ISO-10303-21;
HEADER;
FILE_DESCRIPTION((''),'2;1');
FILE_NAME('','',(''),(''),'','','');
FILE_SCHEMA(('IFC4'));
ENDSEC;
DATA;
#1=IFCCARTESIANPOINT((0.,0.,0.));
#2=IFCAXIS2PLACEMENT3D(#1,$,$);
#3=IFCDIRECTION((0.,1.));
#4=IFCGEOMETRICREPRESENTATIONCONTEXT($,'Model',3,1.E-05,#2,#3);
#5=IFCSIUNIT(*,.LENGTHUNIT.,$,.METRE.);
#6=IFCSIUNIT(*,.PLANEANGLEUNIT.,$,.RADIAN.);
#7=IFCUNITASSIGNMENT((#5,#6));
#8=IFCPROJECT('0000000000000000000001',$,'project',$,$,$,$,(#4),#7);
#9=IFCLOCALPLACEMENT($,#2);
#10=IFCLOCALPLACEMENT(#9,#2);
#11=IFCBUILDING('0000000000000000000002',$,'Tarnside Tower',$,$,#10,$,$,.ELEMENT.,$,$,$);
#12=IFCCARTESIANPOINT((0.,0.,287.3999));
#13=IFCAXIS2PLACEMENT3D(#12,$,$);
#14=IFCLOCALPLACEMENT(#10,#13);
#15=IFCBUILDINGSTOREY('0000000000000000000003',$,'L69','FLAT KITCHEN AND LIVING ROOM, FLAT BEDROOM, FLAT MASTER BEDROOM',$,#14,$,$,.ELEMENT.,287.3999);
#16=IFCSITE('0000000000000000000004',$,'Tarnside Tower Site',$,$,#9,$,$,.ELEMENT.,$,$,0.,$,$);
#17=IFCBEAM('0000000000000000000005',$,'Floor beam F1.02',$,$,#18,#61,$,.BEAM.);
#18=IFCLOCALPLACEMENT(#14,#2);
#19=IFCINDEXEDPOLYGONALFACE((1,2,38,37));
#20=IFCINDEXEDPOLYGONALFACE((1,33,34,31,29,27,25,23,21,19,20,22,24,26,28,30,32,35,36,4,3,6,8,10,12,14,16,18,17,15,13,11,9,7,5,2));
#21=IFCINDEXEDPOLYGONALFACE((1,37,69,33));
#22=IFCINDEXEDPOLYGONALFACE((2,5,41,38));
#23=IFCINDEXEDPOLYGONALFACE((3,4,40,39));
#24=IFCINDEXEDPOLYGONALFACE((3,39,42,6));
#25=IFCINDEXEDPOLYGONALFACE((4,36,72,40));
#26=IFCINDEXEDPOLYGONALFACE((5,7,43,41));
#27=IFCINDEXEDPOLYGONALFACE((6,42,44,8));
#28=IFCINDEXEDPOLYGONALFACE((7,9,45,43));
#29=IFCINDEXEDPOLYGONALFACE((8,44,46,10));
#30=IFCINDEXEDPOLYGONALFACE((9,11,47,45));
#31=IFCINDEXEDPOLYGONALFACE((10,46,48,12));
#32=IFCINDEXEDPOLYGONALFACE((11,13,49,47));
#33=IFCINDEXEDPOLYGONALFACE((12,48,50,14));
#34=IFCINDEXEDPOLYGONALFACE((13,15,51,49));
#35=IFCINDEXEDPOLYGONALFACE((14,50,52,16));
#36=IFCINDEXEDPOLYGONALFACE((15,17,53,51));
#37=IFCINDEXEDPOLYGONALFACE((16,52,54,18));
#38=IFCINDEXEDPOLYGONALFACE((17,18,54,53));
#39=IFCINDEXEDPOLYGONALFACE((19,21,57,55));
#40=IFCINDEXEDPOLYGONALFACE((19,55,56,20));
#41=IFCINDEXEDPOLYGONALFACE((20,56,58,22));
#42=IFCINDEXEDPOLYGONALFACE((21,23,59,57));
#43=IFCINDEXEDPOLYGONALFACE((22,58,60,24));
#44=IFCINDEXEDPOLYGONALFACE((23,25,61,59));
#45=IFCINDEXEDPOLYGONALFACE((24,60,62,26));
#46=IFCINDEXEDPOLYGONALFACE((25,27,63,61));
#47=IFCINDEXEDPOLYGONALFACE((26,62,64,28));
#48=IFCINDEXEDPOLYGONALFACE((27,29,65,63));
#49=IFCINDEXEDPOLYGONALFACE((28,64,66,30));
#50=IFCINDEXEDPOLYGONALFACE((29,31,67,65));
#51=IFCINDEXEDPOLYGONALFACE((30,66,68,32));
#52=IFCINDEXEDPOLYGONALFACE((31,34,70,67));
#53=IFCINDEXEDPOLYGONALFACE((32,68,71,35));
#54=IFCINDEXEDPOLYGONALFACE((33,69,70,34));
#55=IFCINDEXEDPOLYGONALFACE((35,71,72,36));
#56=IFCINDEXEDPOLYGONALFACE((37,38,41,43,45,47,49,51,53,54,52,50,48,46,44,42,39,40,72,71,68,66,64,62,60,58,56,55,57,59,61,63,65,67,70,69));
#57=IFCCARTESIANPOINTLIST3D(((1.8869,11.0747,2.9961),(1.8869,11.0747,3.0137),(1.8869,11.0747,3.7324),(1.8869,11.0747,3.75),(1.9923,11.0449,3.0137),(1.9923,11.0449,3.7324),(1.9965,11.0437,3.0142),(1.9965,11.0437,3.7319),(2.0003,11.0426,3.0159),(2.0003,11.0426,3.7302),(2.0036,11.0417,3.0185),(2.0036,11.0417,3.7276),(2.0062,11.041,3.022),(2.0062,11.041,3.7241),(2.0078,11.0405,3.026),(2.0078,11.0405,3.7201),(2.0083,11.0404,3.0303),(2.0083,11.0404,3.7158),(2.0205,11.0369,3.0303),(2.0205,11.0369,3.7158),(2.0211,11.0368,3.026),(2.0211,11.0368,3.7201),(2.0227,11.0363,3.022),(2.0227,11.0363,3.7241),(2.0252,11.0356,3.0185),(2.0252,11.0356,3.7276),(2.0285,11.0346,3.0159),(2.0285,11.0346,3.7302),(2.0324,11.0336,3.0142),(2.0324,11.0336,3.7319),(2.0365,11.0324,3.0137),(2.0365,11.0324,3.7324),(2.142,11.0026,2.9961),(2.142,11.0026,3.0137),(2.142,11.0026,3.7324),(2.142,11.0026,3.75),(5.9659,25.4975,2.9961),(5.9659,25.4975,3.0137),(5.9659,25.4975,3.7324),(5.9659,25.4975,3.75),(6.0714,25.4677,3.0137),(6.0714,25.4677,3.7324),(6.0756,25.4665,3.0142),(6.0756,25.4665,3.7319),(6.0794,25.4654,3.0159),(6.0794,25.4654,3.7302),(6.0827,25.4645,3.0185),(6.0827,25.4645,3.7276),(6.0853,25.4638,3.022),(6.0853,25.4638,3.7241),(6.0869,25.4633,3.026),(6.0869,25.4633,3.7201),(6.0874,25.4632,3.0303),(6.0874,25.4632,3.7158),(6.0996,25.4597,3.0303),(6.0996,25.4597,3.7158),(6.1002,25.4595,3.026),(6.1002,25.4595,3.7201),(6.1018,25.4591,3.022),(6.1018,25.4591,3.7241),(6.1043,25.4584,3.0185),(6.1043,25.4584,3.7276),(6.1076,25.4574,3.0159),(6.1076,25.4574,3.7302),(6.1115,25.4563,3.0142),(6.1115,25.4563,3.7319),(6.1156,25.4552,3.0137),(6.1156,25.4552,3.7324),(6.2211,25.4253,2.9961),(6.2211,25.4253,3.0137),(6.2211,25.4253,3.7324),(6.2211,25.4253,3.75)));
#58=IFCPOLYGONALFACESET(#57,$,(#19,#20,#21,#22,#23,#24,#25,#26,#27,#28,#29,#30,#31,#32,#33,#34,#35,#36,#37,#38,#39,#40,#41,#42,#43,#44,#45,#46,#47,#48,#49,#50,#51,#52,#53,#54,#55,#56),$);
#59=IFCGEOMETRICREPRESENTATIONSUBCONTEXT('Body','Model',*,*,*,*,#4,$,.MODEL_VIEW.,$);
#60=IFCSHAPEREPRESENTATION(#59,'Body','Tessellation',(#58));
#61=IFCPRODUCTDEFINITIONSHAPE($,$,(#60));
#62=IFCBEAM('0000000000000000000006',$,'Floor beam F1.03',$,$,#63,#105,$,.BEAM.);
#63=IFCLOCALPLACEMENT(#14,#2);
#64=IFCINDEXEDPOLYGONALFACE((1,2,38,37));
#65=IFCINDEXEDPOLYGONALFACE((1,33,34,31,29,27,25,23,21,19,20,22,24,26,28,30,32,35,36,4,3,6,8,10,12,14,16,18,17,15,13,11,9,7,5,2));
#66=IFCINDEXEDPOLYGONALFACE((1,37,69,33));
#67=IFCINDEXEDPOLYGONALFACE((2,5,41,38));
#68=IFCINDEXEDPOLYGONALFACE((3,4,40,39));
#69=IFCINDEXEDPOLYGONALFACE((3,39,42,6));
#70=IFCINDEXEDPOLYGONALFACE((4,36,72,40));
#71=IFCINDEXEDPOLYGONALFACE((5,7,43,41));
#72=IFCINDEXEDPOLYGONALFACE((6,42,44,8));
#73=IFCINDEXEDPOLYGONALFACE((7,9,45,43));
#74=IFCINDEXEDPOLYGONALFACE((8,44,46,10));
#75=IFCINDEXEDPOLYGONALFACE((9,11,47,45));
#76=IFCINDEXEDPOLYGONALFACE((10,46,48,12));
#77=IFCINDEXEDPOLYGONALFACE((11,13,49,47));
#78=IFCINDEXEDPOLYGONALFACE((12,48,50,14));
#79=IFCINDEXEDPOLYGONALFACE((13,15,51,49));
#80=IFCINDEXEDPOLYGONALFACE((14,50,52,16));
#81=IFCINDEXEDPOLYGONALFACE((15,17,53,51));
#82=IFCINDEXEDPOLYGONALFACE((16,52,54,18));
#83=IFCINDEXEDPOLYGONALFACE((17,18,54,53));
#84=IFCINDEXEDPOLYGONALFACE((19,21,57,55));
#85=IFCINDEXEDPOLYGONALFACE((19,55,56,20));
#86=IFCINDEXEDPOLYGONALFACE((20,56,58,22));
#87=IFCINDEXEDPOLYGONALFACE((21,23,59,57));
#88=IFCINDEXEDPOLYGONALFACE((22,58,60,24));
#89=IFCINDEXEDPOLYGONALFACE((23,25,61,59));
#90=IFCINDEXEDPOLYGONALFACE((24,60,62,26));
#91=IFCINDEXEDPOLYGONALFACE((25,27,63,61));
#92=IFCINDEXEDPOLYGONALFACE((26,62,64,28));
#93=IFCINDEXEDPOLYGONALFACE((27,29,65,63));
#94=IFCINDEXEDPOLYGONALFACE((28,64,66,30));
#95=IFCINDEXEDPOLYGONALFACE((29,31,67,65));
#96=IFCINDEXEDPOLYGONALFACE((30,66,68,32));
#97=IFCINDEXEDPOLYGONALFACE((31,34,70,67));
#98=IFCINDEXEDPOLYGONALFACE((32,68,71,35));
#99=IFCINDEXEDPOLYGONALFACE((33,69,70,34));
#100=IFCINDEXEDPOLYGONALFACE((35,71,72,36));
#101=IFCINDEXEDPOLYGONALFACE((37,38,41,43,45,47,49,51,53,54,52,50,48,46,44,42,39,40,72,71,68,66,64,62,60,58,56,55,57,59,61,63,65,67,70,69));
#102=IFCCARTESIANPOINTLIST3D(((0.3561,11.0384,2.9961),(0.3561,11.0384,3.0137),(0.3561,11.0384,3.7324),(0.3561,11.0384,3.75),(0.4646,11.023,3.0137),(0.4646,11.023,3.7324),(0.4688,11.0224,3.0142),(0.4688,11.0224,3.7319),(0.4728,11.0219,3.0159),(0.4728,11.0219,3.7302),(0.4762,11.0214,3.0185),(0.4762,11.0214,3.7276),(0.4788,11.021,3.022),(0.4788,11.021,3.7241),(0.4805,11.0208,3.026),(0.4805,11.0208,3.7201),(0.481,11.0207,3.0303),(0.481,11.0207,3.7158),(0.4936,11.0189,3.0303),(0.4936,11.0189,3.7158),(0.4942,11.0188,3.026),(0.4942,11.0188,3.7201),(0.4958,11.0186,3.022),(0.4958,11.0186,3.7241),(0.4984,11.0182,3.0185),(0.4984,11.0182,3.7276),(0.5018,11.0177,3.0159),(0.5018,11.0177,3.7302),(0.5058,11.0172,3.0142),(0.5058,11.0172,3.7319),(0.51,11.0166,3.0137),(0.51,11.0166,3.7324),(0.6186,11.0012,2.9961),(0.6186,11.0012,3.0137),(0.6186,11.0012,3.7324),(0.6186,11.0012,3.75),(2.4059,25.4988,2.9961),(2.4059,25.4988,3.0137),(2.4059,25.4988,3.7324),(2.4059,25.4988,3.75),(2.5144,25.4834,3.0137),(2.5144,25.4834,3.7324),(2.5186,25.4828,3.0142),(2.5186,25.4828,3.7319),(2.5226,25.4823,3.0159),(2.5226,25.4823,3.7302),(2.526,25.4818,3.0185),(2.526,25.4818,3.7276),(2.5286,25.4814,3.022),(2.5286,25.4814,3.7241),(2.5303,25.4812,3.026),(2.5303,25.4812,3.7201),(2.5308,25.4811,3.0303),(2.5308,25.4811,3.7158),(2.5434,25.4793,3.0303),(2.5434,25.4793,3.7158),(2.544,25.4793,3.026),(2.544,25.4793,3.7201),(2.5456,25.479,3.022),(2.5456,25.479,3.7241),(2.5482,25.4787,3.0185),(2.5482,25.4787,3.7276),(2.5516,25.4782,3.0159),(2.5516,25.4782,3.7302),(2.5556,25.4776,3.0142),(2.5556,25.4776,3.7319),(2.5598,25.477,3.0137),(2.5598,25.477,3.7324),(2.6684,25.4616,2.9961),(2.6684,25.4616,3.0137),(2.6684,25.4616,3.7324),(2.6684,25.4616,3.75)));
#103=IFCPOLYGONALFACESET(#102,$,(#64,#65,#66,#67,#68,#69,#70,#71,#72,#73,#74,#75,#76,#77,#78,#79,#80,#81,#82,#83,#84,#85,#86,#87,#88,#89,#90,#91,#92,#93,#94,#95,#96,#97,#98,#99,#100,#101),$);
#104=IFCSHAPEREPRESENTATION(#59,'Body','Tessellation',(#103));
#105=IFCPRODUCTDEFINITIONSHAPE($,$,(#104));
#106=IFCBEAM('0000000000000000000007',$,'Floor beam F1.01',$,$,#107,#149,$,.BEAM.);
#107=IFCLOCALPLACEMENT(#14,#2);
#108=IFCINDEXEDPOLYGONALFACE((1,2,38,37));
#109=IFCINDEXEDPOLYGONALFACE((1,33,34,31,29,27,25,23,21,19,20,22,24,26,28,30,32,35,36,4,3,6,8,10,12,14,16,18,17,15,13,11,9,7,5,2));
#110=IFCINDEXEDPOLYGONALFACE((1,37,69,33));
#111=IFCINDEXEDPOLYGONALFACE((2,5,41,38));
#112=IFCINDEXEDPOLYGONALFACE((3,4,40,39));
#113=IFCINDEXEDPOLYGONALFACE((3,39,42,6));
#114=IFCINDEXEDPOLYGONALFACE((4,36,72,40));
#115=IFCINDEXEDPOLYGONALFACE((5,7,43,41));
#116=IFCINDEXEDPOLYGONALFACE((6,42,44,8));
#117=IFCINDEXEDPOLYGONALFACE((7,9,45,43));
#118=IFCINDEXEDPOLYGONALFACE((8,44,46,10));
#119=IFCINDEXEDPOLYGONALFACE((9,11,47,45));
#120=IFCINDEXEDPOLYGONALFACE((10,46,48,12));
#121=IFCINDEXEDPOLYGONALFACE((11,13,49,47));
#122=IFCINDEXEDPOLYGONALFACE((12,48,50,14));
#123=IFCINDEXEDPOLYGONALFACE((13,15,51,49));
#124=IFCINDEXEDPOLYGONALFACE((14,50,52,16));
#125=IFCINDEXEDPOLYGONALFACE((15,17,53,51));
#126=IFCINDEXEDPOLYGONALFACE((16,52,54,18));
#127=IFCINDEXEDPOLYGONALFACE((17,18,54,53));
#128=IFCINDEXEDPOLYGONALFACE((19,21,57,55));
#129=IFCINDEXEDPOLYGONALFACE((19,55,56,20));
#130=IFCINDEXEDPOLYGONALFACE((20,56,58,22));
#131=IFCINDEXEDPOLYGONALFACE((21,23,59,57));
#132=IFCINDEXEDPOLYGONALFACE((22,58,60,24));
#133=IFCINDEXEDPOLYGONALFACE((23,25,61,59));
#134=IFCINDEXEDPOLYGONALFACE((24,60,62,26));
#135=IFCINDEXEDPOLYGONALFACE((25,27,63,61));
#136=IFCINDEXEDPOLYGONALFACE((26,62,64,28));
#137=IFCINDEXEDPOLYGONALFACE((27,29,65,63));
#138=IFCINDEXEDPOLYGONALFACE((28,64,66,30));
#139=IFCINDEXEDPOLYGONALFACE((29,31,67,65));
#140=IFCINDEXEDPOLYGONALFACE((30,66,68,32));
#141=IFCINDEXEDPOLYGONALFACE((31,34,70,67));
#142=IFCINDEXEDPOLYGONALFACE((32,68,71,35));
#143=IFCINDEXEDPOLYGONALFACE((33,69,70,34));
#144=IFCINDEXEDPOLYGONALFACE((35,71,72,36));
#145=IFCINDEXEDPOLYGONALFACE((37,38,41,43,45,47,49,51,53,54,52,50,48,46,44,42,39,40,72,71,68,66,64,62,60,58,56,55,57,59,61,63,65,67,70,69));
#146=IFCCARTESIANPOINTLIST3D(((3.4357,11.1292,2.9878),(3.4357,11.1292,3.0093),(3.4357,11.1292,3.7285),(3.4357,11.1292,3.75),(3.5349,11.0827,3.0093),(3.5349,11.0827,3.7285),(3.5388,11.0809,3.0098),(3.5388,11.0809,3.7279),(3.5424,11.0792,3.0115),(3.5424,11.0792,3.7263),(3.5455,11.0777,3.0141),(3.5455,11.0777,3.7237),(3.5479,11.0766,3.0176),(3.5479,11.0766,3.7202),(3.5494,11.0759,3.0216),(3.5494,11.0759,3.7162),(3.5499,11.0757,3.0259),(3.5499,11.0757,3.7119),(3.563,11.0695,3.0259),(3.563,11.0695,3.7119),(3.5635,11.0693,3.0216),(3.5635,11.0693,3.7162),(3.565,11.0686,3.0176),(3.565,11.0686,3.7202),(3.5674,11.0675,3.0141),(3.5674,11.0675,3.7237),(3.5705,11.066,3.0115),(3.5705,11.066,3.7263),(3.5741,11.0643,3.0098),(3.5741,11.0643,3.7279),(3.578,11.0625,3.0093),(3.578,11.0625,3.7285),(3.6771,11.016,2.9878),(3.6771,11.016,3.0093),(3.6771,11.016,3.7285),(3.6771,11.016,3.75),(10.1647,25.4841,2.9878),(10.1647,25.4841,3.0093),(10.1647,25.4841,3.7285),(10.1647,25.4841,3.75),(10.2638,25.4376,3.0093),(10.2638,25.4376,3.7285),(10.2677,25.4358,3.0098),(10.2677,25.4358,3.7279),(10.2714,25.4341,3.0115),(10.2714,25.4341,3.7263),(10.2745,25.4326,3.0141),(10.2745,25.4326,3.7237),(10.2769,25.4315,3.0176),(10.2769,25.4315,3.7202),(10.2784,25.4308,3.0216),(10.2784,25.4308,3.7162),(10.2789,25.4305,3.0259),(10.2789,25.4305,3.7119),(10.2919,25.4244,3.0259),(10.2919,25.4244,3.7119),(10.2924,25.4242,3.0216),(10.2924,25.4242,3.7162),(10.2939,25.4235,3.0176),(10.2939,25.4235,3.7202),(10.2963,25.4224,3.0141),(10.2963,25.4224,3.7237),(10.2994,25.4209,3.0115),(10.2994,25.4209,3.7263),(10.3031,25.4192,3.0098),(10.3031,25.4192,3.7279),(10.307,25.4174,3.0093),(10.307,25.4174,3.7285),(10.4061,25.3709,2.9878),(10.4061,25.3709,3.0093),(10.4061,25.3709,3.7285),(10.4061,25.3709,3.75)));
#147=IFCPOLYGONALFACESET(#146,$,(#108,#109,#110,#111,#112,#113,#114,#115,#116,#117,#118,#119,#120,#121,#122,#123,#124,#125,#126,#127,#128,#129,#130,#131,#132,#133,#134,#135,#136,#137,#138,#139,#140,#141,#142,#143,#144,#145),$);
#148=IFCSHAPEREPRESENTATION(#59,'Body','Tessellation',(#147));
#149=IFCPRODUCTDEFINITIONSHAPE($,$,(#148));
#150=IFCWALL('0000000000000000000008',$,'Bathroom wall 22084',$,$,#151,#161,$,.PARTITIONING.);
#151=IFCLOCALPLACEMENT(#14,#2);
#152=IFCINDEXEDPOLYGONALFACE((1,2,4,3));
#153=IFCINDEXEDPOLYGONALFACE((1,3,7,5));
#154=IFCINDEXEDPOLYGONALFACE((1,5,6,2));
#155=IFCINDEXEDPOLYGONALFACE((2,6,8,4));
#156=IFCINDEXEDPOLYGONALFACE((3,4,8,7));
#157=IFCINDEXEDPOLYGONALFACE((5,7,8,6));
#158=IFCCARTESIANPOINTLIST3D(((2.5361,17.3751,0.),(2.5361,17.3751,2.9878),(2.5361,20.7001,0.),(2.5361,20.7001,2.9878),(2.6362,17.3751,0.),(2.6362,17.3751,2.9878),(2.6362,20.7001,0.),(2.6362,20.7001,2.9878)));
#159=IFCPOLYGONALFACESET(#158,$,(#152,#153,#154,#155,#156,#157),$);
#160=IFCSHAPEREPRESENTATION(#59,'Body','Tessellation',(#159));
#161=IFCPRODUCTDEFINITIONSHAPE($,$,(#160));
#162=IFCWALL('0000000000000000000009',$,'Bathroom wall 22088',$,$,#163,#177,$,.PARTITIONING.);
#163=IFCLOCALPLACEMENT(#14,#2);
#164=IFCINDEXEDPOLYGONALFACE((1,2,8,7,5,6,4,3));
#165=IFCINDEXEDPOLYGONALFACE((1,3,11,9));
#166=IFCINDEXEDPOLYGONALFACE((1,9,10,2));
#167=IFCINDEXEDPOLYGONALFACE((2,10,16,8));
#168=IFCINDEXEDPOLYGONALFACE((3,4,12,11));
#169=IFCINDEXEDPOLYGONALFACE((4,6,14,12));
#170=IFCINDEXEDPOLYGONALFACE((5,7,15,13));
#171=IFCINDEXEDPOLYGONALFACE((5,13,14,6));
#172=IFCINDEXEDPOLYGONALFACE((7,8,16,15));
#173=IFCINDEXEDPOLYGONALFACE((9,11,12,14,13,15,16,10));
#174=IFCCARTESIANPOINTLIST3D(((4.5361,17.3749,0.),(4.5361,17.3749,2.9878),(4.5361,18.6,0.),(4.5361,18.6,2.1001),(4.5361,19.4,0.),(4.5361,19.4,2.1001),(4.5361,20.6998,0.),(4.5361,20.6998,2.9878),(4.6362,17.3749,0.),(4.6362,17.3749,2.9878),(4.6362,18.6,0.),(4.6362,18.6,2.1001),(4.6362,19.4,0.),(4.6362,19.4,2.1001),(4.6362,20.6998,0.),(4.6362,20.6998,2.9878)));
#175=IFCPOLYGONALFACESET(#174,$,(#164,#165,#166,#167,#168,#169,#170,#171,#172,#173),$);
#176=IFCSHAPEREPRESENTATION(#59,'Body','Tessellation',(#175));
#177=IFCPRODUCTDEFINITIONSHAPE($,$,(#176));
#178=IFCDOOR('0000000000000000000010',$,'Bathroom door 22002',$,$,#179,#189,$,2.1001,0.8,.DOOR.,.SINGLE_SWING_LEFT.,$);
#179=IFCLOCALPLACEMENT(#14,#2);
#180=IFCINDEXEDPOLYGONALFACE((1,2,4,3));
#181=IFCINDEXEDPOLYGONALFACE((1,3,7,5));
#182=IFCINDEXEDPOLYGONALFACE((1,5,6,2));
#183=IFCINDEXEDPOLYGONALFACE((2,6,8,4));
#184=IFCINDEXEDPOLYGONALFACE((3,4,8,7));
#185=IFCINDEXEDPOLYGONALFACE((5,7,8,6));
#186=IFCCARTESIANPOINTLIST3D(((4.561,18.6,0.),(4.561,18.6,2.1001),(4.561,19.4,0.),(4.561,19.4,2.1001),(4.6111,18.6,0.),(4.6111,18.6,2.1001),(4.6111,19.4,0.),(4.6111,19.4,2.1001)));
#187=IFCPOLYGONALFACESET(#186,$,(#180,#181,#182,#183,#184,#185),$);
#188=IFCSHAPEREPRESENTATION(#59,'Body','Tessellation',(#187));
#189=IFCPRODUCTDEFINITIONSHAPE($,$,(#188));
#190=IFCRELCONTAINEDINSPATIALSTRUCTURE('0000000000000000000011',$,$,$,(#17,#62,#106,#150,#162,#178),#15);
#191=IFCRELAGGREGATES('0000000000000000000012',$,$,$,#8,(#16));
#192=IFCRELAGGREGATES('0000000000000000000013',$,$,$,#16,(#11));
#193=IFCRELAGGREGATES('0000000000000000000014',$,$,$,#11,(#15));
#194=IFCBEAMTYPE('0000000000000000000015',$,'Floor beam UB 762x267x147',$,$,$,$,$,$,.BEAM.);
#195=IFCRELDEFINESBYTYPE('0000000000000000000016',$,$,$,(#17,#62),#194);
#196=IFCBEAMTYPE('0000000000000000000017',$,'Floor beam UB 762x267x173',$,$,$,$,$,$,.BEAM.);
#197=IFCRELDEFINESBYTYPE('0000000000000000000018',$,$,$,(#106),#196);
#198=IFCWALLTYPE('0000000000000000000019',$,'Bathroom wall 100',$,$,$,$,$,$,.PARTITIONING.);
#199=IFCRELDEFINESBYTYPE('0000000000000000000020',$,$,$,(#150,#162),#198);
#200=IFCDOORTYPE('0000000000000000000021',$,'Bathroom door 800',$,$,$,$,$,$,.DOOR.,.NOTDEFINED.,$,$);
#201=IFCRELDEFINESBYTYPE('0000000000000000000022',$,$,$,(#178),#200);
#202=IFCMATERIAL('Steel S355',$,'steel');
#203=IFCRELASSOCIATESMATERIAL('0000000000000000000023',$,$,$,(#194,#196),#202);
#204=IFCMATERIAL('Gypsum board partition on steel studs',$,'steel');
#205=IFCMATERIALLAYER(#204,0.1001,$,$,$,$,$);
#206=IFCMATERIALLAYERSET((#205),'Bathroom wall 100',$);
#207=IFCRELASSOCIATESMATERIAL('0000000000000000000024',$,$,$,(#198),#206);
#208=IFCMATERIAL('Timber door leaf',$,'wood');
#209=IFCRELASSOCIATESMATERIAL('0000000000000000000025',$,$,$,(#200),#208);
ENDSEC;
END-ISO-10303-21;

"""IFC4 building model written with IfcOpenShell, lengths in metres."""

from ifc_helpers import new_model, si_unit, direction, frame, frame_2d, origin, origin_2d, place, context, subcontext, project, spatial, rectangle, i_section, extrude, material, layer, layer_set, material_profile, profile_set, type_object, element, fill, save


model = new_model("IFC4")

# Units and contexts
model_context = context("Model", 3, precision=1e-05, world=origin(), true_north=direction((0.0, 1.0)))
body_context = subcontext(model_context, "Body", "Model", "MODEL_VIEW")
ifc_project = project(units=[si_unit("LENGTHUNIT", "METRE"), si_unit("PLANEANGLEUNIT", "RADIAN")], contexts=[model_context])

# Site, building, storey
site_placement = place(None, origin())
site = spatial("IfcSite", under=ifc_project, at=site_placement, Name="Tarnside Tower Site", CompositionType="ELEMENT", RefElevation=0.0)
building_placement = place(site_placement, origin())
building = spatial("IfcBuilding", under=site, at=building_placement, Name="Tarnside Tower", CompositionType="ELEMENT")
storey_placement = place(building_placement, frame((0.0, 0.0, 287.3999)))
storey = spatial("IfcBuildingStorey", under=building, at=storey_placement, Name="L69", Description="FLAT KITCHEN AND LIVING ROOM, FLAT BEDROOM, FLAT MASTER BEDROOM", CompositionType="ELEMENT", Elevation=287.3999)

# Beams
ifc_material_1 = material(Name="Steel S355", Category="steel")
ifc_material_profile_1 = material_profile(ifc_material_1, i_section(OverallWidth=0.2651, OverallDepth=0.7539, WebThickness=0.0127, FlangeThickness=0.0176, FilletRadius=0.0166, at=origin_2d()), Name="UB 762x267x147")
ifc_profile_set_1 = profile_set([ifc_material_profile_1], Name="Steel S355")
beam_type_1 = type_object("IfcBeamType", Name="Floor beam UB 762x267x147", PredefinedType="BEAM", material=ifc_profile_set_1)
beam_1_placement = place(storey_placement, frame((6.0935, 25.4614, 3.373), z_axis=(-0.272147, -0.962256, 0.0), x_axis=(0.962256, -0.272147, 0.0)))
element("IfcBeam", 1, at=beam_1_placement, inside=storey, type_object=beam_type_1, Name="Floor beam F1.02", PredefinedType="BEAM", context=body_context, shape_type="SweptSolid", body=[
    extrude(i_section(OverallWidth=0.2651, OverallDepth=0.7539, WebThickness=0.0127, FlangeThickness=0.0176, FilletRadius=0.0166, at=origin_2d()), origin(), (0.0, 0.0, 1.0), 14.9885),
])
beam_2_placement = place(storey_placement, frame((2.5371, 25.4802, 3.373), z_axis=(-0.140349, -0.990102, 0.0), x_axis=(0.990102, -0.140349, 0.0)))
element("IfcBeam", 2, at=beam_2_placement, inside=storey, type_object=beam_type_1, Name="Floor beam F1.03", PredefinedType="BEAM", context=body_context, shape_type="SweptSolid", body=[
    extrude(i_section(OverallWidth=0.2651, OverallDepth=0.7539, WebThickness=0.0127, FlangeThickness=0.0176, FilletRadius=0.0166, at=origin_2d()), origin(), (0.0, 0.0, 1.0), 14.605),
])
ifc_material_profile_2 = material_profile(ifc_material_1, i_section(OverallWidth=0.2666, OverallDepth=0.7622, WebThickness=0.0144, FlangeThickness=0.0215, FilletRadius=0.0166, at=origin_2d()), Name="UB 762x267x173")
ifc_profile_set_2 = profile_set([ifc_material_profile_2], Name="Steel S355")
beam_type_2 = type_object("IfcBeamType", Name="Floor beam UB 762x267x173", PredefinedType="BEAM", material=ifc_profile_set_2)
beam_3_placement = place(storey_placement, frame((10.2854, 25.4275, 3.3689), z_axis=(-0.424439, -0.905456, 0.0), x_axis=(0.905456, -0.424439, 0.0)))
element("IfcBeam", 3, at=beam_3_placement, inside=storey, type_object=beam_type_2, Name="Floor beam F1.01", PredefinedType="BEAM", context=body_context, shape_type="SweptSolid", body=[
    extrude(i_section(OverallWidth=0.2666, OverallDepth=0.7622, WebThickness=0.0144, FlangeThickness=0.0215, FilletRadius=0.0166, at=origin_2d()), origin(), (0.0, 0.0, 1.0), 15.8538),
])

# Wall
ifc_material_2 = material(Name="Gypsum board partition on steel studs", Category="steel")
ifc_layer_1 = layer(ifc_material_2, 0.1001)
ifc_layer_set_1 = layer_set([ifc_layer_1], Name="Bathroom wall 100")
wall_type_1 = type_object("IfcWallType", Name="Bathroom wall 100", PredefinedType="PARTITIONING", material=ifc_layer_set_1)
wall_1_placement = place(storey_placement, frame((2.5862, 17.375, 0.0), z_axis=(0.0, 0.0, 1.0), x_axis=(0.0, 1.0, 0.0)))
element("IfcWall", 4, at=wall_1_placement, inside=storey, type_object=wall_type_1, Name="Bathroom wall 22084", PredefinedType="PARTITIONING", context=body_context, shape_type="SweptSolid", body=[
    extrude(rectangle(XDim=3.325, YDim=0.1001, at=frame_2d((1.6626, 0.0))), origin(), (0.0, 0.0, 1.0), 2.9878),
])

# Wall, opening, door
wall_2_placement = place(storey_placement, frame((4.5862, 20.7, 0.0), z_axis=(0.0, 0.0, 1.0), x_axis=(0.0, -1.0, 0.0)))
wall_2 = element("IfcWall", 5, at=wall_2_placement, inside=storey, type_object=wall_type_1, Name="Bathroom wall 22088", PredefinedType="PARTITIONING", context=body_context, shape_type="SweptSolid", body=[
    extrude(rectangle(XDim=3.325, YDim=0.1001, at=frame_2d((1.6626, 0.0))), origin(), (0.0, 0.0, 1.0), 2.9878),
])
opening_1_placement = place(wall_2_placement, frame((1.3, 0.0, 0.0)))
opening_1 = element("IfcOpeningElement", 6, at=opening_1_placement, cuts=wall_2, PredefinedType="OPENING", context=body_context, shape_type="SweptSolid", body=[
    extrude(rectangle(XDim=0.8, YDim=2.1001, at=frame_2d((0.3999, 1.05))), frame((0.0, 0.0601, 0.0), z_axis=(0.0, -1.0, 0.0), x_axis=(1.0, 0.0, 0.0)), (0.0, 0.0, 1.0), 0.1201),
])
ifc_material_3 = material(Name="Timber door leaf", Category="wood")
door_type_1 = type_object("IfcDoorType", Name="Bathroom door 800", OperationType="NOTDEFINED", PredefinedType="DOOR", material=ifc_material_3)
door_1_placement = place(opening_1_placement, origin())
door_1 = element("IfcDoor", 7, at=door_1_placement, inside=storey, type_object=door_type_1, Name="Bathroom door 22002", OperationType="SINGLE_SWING_LEFT", OverallHeight=2.1001, OverallWidth=0.8, PredefinedType="DOOR", context=body_context, shape_type="SweptSolid", body=[
    extrude(rectangle(XDim=0.8, YDim=2.1001, at=frame_2d((0.3999, 1.05))), frame((0.0, 0.0249, 0.0), z_axis=(0.0, -1.0, 0.0), x_axis=(1.0, 0.0, 0.0)), (0.0, 0.0, 1.0), 0.05),
])
fill(opening_1, door_1)

save(model, "model.ifc")
